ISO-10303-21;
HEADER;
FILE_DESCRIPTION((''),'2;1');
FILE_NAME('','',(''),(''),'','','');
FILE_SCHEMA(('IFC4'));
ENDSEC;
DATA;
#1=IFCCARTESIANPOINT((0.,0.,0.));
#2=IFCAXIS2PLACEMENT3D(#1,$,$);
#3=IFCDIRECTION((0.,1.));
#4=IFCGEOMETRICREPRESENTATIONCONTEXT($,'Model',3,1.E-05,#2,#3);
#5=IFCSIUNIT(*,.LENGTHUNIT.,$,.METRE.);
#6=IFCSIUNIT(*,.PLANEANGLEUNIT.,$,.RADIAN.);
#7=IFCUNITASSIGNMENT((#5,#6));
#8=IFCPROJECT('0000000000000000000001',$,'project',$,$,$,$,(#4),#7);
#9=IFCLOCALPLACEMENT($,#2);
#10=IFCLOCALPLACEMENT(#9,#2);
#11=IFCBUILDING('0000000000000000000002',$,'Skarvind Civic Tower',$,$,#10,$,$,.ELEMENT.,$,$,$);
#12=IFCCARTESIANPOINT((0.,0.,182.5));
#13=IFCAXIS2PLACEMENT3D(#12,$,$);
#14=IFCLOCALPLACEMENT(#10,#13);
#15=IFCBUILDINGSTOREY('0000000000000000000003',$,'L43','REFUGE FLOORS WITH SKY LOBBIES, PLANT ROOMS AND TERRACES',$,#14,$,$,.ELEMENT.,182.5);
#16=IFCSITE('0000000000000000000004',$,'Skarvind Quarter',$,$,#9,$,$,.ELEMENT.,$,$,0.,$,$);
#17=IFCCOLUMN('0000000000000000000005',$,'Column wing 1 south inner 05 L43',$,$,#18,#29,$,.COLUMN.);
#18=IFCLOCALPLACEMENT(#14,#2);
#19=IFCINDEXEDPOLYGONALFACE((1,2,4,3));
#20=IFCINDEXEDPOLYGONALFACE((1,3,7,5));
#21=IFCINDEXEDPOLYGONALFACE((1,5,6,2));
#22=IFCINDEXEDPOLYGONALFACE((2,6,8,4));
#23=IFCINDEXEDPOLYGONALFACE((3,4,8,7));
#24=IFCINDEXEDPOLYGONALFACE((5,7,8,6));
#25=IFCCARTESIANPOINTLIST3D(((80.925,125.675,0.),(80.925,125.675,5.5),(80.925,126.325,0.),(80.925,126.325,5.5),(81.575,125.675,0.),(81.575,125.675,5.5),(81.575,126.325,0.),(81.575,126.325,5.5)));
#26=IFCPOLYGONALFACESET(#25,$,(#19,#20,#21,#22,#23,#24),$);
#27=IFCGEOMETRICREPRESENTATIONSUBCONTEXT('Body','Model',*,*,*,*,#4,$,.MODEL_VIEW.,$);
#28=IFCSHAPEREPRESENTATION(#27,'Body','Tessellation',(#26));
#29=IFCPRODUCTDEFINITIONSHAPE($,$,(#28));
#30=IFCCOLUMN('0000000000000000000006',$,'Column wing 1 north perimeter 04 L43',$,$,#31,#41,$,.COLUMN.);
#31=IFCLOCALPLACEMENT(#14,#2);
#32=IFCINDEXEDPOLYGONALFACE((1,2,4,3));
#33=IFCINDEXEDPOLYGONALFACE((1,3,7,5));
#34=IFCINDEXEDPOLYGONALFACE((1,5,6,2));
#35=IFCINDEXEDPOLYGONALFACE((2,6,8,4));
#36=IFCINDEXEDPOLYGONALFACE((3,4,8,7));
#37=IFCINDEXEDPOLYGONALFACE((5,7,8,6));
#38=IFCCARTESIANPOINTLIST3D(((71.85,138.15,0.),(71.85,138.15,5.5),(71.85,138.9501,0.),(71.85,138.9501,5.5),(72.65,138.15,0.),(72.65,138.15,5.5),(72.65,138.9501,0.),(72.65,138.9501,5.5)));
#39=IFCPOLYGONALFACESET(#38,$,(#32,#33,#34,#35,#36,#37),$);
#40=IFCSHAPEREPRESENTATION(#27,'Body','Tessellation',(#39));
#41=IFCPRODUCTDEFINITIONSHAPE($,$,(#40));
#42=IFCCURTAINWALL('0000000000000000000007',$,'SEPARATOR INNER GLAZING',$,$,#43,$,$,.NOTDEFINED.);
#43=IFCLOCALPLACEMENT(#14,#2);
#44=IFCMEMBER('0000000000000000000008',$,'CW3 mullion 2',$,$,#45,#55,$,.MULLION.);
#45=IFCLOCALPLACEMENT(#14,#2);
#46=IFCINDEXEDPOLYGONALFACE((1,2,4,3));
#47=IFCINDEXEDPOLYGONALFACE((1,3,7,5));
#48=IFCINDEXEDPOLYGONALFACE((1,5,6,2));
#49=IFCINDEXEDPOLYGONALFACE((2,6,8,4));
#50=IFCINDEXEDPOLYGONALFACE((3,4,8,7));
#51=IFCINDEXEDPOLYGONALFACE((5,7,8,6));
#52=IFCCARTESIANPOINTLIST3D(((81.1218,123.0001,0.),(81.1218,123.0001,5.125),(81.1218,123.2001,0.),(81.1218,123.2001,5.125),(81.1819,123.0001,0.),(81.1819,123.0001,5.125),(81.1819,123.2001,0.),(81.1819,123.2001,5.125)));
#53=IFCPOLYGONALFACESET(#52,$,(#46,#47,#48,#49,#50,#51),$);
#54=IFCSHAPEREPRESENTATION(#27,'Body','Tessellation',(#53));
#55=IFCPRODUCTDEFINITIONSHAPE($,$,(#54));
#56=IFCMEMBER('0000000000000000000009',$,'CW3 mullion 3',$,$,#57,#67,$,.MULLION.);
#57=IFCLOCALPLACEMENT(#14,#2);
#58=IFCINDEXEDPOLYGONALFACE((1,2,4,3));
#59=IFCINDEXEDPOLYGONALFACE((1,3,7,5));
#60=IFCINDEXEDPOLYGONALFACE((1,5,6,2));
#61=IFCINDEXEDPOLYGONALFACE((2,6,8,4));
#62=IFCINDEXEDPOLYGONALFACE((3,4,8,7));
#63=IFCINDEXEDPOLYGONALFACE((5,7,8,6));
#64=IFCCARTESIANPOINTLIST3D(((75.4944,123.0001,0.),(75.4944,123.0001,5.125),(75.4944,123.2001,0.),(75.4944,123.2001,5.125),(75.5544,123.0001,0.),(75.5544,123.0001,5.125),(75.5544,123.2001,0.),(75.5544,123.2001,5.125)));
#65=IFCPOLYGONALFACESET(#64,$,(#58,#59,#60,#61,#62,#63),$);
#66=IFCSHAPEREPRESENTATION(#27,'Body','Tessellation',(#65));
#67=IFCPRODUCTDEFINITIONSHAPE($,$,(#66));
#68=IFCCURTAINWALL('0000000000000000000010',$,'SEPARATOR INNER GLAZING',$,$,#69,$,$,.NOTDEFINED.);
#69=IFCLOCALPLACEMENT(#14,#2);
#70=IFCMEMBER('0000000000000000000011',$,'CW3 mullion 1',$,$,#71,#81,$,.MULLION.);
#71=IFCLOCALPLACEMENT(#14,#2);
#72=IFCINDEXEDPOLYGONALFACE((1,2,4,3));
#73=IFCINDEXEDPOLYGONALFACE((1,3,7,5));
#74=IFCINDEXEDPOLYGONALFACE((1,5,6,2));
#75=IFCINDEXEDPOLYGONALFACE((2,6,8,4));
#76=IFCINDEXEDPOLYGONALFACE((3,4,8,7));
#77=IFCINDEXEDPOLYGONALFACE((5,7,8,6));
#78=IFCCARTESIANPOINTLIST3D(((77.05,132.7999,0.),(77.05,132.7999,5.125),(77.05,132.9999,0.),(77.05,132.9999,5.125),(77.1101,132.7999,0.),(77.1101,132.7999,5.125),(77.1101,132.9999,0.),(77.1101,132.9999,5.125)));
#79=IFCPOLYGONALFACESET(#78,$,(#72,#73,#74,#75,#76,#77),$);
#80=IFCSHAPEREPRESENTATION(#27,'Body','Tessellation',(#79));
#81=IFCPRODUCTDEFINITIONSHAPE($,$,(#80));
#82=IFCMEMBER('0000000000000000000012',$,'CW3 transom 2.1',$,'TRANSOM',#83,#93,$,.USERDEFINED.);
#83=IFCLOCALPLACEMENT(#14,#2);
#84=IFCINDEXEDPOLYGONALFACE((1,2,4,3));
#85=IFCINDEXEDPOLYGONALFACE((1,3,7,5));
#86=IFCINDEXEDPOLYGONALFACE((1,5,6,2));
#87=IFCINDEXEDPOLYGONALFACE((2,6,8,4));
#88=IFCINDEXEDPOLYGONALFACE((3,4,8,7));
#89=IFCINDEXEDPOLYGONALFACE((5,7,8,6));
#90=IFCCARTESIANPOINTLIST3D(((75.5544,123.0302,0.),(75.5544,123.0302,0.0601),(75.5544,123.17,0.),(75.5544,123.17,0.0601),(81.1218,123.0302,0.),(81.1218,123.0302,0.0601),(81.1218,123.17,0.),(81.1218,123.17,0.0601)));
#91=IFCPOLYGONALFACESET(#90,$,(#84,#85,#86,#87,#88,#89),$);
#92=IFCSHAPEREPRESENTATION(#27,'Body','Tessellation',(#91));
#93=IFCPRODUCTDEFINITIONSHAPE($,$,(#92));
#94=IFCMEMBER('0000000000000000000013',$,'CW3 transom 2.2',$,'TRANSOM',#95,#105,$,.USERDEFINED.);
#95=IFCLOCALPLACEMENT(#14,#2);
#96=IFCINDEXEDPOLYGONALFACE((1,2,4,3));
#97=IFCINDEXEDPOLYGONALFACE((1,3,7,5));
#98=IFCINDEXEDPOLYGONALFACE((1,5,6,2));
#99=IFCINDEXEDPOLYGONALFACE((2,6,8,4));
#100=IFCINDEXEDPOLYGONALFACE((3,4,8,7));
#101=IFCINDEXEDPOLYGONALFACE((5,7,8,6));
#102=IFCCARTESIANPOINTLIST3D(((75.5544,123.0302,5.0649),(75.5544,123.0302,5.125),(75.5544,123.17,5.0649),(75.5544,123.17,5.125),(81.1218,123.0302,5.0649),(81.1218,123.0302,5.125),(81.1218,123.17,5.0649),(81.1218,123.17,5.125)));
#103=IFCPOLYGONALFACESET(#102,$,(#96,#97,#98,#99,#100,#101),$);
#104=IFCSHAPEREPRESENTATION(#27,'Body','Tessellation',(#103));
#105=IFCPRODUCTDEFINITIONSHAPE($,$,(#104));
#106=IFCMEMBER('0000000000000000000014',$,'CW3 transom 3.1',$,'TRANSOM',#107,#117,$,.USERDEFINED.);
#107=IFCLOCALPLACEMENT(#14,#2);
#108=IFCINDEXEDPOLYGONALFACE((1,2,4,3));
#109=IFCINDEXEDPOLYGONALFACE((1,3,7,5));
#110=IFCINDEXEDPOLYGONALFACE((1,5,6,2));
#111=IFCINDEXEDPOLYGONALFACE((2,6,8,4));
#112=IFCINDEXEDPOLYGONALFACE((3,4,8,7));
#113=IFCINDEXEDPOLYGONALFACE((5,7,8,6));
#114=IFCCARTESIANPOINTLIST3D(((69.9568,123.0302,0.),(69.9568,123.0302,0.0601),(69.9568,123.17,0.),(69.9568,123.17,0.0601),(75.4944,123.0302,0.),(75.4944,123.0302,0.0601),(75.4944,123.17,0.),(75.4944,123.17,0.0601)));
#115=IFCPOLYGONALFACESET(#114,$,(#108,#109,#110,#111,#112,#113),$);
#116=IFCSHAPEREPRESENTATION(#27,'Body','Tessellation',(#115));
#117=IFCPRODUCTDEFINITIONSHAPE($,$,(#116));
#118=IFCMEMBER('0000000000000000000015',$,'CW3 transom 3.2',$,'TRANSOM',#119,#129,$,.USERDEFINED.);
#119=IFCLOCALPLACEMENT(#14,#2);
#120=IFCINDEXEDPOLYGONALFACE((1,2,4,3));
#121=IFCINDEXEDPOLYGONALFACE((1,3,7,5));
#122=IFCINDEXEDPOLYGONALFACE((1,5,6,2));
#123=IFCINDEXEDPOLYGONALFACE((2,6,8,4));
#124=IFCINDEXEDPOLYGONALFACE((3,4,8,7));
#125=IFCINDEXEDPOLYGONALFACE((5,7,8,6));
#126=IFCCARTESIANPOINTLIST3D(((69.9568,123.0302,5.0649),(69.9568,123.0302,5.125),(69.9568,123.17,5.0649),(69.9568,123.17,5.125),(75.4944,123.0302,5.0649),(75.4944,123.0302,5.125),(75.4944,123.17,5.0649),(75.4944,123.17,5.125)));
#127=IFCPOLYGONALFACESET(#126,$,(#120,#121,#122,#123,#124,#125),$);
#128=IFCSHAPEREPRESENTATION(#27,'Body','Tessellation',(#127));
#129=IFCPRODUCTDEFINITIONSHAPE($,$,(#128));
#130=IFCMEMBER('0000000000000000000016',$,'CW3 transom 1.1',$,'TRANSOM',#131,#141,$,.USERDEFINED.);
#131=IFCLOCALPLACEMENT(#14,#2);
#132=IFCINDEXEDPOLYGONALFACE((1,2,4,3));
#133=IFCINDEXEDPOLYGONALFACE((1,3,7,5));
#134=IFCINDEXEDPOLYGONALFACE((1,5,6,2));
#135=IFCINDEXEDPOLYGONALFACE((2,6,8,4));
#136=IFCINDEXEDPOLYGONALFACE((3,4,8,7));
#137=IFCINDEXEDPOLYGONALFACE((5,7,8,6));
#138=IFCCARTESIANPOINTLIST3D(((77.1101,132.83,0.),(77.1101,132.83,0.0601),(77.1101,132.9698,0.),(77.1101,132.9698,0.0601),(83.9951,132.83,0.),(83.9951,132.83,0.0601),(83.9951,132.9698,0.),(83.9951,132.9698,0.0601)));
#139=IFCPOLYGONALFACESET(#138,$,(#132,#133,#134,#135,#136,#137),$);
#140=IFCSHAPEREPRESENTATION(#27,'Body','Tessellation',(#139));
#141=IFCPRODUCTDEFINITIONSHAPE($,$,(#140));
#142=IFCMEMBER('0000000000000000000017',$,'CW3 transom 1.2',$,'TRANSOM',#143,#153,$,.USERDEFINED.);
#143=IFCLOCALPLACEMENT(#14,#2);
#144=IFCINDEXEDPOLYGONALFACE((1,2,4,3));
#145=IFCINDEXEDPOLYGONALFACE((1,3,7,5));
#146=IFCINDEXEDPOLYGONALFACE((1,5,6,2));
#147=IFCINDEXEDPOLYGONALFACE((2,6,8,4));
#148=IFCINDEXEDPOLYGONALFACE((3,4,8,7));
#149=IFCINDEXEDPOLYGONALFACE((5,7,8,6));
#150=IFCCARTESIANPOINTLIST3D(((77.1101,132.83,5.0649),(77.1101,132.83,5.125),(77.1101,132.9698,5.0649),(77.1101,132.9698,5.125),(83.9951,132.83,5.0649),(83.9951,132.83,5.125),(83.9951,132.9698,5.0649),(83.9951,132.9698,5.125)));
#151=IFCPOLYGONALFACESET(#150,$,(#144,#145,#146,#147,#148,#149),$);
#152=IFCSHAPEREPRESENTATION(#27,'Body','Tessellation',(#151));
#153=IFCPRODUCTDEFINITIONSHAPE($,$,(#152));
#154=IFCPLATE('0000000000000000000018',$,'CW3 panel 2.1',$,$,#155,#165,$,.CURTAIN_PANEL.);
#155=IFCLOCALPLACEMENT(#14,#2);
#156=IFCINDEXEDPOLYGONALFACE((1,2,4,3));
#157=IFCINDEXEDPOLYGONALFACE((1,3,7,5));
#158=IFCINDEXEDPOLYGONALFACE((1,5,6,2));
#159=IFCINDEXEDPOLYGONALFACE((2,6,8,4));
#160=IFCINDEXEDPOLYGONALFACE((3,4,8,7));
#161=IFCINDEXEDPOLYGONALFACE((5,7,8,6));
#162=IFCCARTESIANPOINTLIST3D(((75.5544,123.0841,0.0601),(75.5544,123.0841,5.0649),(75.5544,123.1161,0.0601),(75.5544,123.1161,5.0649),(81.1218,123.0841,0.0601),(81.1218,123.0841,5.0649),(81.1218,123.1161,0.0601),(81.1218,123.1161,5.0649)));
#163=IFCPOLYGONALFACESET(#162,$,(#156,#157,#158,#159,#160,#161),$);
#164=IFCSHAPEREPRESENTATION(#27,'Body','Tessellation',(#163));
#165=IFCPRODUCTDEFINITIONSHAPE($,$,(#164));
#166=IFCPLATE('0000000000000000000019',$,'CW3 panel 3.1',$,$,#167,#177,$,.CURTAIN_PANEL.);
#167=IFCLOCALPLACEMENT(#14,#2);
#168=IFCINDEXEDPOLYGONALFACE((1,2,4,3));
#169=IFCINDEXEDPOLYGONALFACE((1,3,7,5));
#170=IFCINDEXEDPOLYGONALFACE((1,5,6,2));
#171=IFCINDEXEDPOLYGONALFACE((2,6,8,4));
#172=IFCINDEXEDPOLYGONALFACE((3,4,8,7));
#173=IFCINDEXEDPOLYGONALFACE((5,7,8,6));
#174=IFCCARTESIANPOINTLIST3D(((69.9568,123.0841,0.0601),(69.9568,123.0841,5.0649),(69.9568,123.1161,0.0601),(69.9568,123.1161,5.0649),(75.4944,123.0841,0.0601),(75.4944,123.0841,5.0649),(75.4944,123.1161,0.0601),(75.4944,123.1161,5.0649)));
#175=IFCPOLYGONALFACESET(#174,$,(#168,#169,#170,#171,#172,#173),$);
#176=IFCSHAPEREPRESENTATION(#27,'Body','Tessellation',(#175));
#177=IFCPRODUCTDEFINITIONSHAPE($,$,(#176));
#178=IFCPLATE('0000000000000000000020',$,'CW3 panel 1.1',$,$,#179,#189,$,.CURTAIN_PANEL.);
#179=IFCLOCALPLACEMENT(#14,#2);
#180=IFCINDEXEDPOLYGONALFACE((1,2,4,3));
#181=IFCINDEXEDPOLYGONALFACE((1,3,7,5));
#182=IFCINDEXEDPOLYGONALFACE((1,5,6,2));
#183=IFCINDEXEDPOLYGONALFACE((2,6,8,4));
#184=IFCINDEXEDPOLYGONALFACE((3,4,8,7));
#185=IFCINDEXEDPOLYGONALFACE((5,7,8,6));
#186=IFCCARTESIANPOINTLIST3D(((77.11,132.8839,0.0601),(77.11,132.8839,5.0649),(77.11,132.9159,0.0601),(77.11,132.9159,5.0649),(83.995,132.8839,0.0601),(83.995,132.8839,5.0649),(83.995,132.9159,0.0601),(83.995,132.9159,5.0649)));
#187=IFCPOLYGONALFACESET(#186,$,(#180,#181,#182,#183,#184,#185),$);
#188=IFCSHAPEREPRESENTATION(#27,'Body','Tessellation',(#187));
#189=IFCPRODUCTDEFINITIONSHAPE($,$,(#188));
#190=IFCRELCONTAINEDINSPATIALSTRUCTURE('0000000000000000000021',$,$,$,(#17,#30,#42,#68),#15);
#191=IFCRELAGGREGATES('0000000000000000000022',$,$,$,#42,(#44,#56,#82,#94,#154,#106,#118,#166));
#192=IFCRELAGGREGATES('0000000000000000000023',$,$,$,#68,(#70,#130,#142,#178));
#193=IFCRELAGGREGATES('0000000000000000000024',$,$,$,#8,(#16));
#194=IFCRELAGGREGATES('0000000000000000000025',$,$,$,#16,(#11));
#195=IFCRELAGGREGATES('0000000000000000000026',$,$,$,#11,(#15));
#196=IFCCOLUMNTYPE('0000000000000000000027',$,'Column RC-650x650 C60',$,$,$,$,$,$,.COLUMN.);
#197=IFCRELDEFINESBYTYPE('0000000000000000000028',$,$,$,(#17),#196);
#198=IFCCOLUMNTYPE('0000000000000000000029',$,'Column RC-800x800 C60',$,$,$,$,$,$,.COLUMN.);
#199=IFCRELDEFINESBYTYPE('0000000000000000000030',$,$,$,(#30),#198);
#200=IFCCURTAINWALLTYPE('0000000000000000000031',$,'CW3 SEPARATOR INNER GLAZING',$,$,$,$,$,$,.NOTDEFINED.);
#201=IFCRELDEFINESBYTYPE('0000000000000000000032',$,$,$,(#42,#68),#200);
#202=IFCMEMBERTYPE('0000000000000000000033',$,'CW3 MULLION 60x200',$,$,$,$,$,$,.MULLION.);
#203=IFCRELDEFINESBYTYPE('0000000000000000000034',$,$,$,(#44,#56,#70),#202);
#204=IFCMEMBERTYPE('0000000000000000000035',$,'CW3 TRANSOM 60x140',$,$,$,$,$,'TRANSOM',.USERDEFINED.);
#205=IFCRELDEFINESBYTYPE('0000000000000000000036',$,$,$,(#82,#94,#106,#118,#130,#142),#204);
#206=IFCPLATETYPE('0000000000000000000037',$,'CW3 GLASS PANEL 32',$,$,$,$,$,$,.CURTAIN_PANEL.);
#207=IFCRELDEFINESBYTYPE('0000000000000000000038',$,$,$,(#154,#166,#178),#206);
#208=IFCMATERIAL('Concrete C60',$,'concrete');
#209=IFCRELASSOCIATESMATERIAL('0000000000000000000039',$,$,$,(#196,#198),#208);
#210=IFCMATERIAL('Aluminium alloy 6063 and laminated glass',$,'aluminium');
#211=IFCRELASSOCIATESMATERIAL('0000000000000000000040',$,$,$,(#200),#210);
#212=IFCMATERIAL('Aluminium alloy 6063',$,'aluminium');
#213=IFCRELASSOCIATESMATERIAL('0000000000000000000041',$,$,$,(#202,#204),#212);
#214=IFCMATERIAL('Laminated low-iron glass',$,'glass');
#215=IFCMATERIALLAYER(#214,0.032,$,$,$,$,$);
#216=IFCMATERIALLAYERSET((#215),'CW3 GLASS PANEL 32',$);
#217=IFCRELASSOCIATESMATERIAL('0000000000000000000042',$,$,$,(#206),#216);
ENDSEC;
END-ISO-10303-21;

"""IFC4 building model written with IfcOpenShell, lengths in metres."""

from ifc_helpers import new_model, si_unit, direction, frame, origin, origin_2d, place, context, subcontext, project, spatial, rectangle, extrude, material, layer, layer_set, material_profile, profile_set, type_object, element, aggregate, save


model = new_model("IFC4")

# Units and contexts
model_context = context("Model", 3, precision=1e-05, world=origin(), true_north=direction((0.0, 1.0)))
body_context = subcontext(model_context, "Body", "Model", "MODEL_VIEW")
ifc_project = project(units=[si_unit("LENGTHUNIT", "METRE"), si_unit("PLANEANGLEUNIT", "RADIAN")], contexts=[model_context])

# Site, building, storey
site_placement = place(None, origin())
site = spatial("IfcSite", under=ifc_project, at=site_placement, Name="Skarvind Quarter", CompositionType="ELEMENT", RefElevation=0.0)
building_placement = place(site_placement, origin())
building = spatial("IfcBuilding", under=site, at=building_placement, Name="Skarvind Civic Tower", CompositionType="ELEMENT")
storey_placement = place(building_placement, frame((0.0, 0.0, 182.5)))
storey = spatial("IfcBuildingStorey", under=building, at=storey_placement, Name="L43", Description="REFUGE FLOORS WITH SKY LOBBIES, PLANT ROOMS AND TERRACES", CompositionType="ELEMENT", Elevation=182.5)

# Columns
ifc_material_1 = material(Name="Concrete C60", Category="concrete")
ifc_material_profile_1 = material_profile(ifc_material_1, rectangle(XDim=0.6499, YDim=0.6499, at=origin_2d()), Name="RC-650x650")
ifc_profile_set_1 = profile_set([ifc_material_profile_1], Name="Concrete C60")
column_type_1 = type_object("IfcColumnType", Name="Column RC-650x650 C60", PredefinedType="COLUMN", material=ifc_profile_set_1)
column_1_placement = place(storey_placement, frame((81.25, 126.0, 0.0), z_axis=(0.0, 0.0, 1.0), x_axis=(1.0, 0.0, 0.0)))
element("IfcColumn", 1, at=column_1_placement, inside=storey, type_object=column_type_1, Name="Column wing 1 south inner 05 L43", PredefinedType="COLUMN", context=body_context, shape_type="SweptSolid", body=[
    extrude(rectangle(XDim=0.6499, YDim=0.6499, at=origin_2d()), origin(), (0.0, 0.0, 1.0), 5.5),
])
ifc_material_profile_2 = material_profile(ifc_material_1, rectangle(XDim=0.8, YDim=0.8, at=origin_2d()), Name="RC-800x800")
ifc_profile_set_2 = profile_set([ifc_material_profile_2], Name="Concrete C60")
column_type_2 = type_object("IfcColumnType", Name="Column RC-800x800 C60", PredefinedType="COLUMN", material=ifc_profile_set_2)
column_2_placement = place(storey_placement, frame((72.25, 138.55, 0.0), z_axis=(0.0, 0.0, 1.0), x_axis=(1.0, 0.0, 0.0)))
element("IfcColumn", 2, at=column_2_placement, inside=storey, type_object=column_type_2, Name="Column wing 1 north perimeter 04 L43", PredefinedType="COLUMN", context=body_context, shape_type="SweptSolid", body=[
    extrude(rectangle(XDim=0.8, YDim=0.8, at=origin_2d()), origin(), (0.0, 0.0, 1.0), 5.5),
])

# Curtain wall, members
ifc_material_2 = material(Name="Aluminium alloy 6063 and laminated glass", Category="aluminium")
curtain_wall_type = type_object("IfcCurtainWallType", Name="CW3 SEPARATOR INNER GLAZING", PredefinedType="NOTDEFINED", material=ifc_material_2)
curtain_wall_1_placement = place(storey_placement, origin())
curtain_wall_1 = element("IfcCurtainWall", 3, at=curtain_wall_1_placement, inside=storey, type_object=curtain_wall_type, Name="SEPARATOR INNER GLAZING", PredefinedType="NOTDEFINED")
ifc_material_3 = material(Name="Aluminium alloy 6063", Category="aluminium")
ifc_material_profile_3 = material_profile(ifc_material_3, rectangle(XDim=0.2, YDim=0.0601, at=origin_2d()), Name="AL 60x200")
ifc_profile_set_3 = profile_set([ifc_material_profile_3], Name="Aluminium alloy 6063")
member_type_1 = type_object("IfcMemberType", Name="CW3 MULLION 60x200", PredefinedType="MULLION", material=ifc_profile_set_3)
member_1_placement = place(storey_placement, frame((81.1519, 123.1001, 0.0), z_axis=(0.0, 0.0, 1.0), x_axis=(0.0, -1.0, 0.0)))
member_1 = element("IfcMember", 4, at=member_1_placement, type_object=member_type_1, Name="CW3 mullion 2", PredefinedType="MULLION", context=body_context, shape_type="SweptSolid", body=[
    extrude(rectangle(XDim=0.2, YDim=0.0601, at=origin_2d()), origin(), (0.0, 0.0, 1.0), 5.125),
])
member_2_placement = place(storey_placement, frame((75.5244, 123.1001, 0.0), z_axis=(0.0, 0.0, 1.0), x_axis=(0.0, -1.0, 0.0)))
member_2 = element("IfcMember", 5, at=member_2_placement, type_object=member_type_1, Name="CW3 mullion 3", PredefinedType="MULLION", context=body_context, shape_type="SweptSolid", body=[
    extrude(rectangle(XDim=0.2, YDim=0.0601, at=origin_2d()), origin(), (0.0, 0.0, 1.0), 5.125),
])

# Curtain wall, member
curtain_wall_2_placement = place(storey_placement, origin())
curtain_wall_2 = element("IfcCurtainWall", 6, at=curtain_wall_2_placement, inside=storey, type_object=curtain_wall_type, Name="SEPARATOR INNER GLAZING", PredefinedType="NOTDEFINED")
member_3_placement = place(storey_placement, frame((77.0801, 132.8999, 0.0), z_axis=(0.0, 0.0, 1.0), x_axis=(0.0, 1.0, 0.0)))
member_3 = element("IfcMember", 7, at=member_3_placement, type_object=member_type_1, Name="CW3 mullion 1", PredefinedType="MULLION", context=body_context, shape_type="SweptSolid", body=[
    extrude(rectangle(XDim=0.2, YDim=0.0601, at=origin_2d()), origin(), (0.0, 0.0, 1.0), 5.125),
])

# Members
ifc_material_profile_4 = material_profile(ifc_material_3, rectangle(XDim=0.1399, YDim=0.0601, at=origin_2d()), Name="AL 60x140")
ifc_profile_set_4 = profile_set([ifc_material_profile_4], Name="Aluminium alloy 6063")
member_type_2 = type_object("IfcMemberType", Name="CW3 TRANSOM 60x140", ElementType="TRANSOM", PredefinedType="USERDEFINED", material=ifc_profile_set_4)
member_4_placement = place(storey_placement, frame((81.1218, 123.1001, 0.03), z_axis=(-1.0, 0.0, 0.0), x_axis=(0.0, -1.0, 0.0)))
member_4 = element("IfcMember", 8, at=member_4_placement, type_object=member_type_2, Name="CW3 transom 2.1", ObjectType="TRANSOM", PredefinedType="USERDEFINED", context=body_context, shape_type="SweptSolid", body=[
    extrude(rectangle(XDim=0.1399, YDim=0.0601, at=origin_2d()), origin(), (0.0, 0.0, 1.0), 5.5674),
])
member_5_placement = place(storey_placement, frame((81.1218, 123.1001, 5.095), z_axis=(-1.0, 0.0, 0.0), x_axis=(0.0, -1.0, 0.0)))
member_5 = element("IfcMember", 9, at=member_5_placement, type_object=member_type_2, Name="CW3 transom 2.2", ObjectType="TRANSOM", PredefinedType="USERDEFINED", context=body_context, shape_type="SweptSolid", body=[
    extrude(rectangle(XDim=0.1399, YDim=0.0601, at=origin_2d()), origin(), (0.0, 0.0, 1.0), 5.5674),
])
member_6_placement = place(storey_placement, frame((75.4944, 123.1001, 0.03), z_axis=(-1.0, 0.0, 0.0), x_axis=(0.0, -1.0, 0.0)))
member_6 = element("IfcMember", 10, at=member_6_placement, type_object=member_type_2, Name="CW3 transom 3.1", ObjectType="TRANSOM", PredefinedType="USERDEFINED", context=body_context, shape_type="SweptSolid", body=[
    extrude(rectangle(XDim=0.1399, YDim=0.0601, at=origin_2d()), origin(), (0.0, 0.0, 1.0), 5.5376),
])
member_7_placement = place(storey_placement, frame((75.4944, 123.1001, 5.095), z_axis=(-1.0, 0.0, 0.0), x_axis=(0.0, -1.0, 0.0)))
member_7 = element("IfcMember", 11, at=member_7_placement, type_object=member_type_2, Name="CW3 transom 3.2", ObjectType="TRANSOM", PredefinedType="USERDEFINED", context=body_context, shape_type="SweptSolid", body=[
    extrude(rectangle(XDim=0.1399, YDim=0.0601, at=origin_2d()), origin(), (0.0, 0.0, 1.0), 5.5376),
])
member_8_placement = place(storey_placement, frame((77.1101, 132.8999, 0.03), z_axis=(1.0, 0.0, 0.0), x_axis=(0.0, 1.0, 0.0)))
member_8 = element("IfcMember", 12, at=member_8_placement, type_object=member_type_2, Name="CW3 transom 1.1", ObjectType="TRANSOM", PredefinedType="USERDEFINED", context=body_context, shape_type="SweptSolid", body=[
    extrude(rectangle(XDim=0.1399, YDim=0.0601, at=origin_2d()), origin(), (0.0, 0.0, 1.0), 6.885),
])
member_9_placement = place(storey_placement, frame((77.1101, 132.8999, 5.095), z_axis=(1.0, 0.0, 0.0), x_axis=(0.0, 1.0, 0.0)))
member_9 = element("IfcMember", 13, at=member_9_placement, type_object=member_type_2, Name="CW3 transom 1.2", ObjectType="TRANSOM", PredefinedType="USERDEFINED", context=body_context, shape_type="SweptSolid", body=[
    extrude(rectangle(XDim=0.1399, YDim=0.0601, at=origin_2d()), origin(), (0.0, 0.0, 1.0), 6.885),
])

# Plates
ifc_material_4 = material(Name="Laminated low-iron glass", Category="glass")
ifc_layer_1 = layer(ifc_material_4, 0.032)
ifc_layer_set_1 = layer_set([ifc_layer_1], Name="CW3 GLASS PANEL 32")
plate_type = type_object("IfcPlateType", Name="CW3 GLASS PANEL 32", PredefinedType="CURTAIN_PANEL", material=ifc_layer_set_1)
plate_1_placement = place(storey_placement, frame((78.3381, 123.1001, 0.0601), z_axis=(0.0, 0.0, 1.0), x_axis=(-1.0, 0.0, 0.0)))
plate_1 = element("IfcPlate", 14, at=plate_1_placement, type_object=plate_type, Name="CW3 panel 2.1", PredefinedType="CURTAIN_PANEL", context=body_context, shape_type="SweptSolid", body=[
    extrude(rectangle(XDim=5.5674, YDim=0.032, at=origin_2d()), origin(), (0.0, 0.0, 1.0), 5.0049),
])
plate_2_placement = place(storey_placement, frame((72.7256, 123.1001, 0.0601), z_axis=(0.0, 0.0, 1.0), x_axis=(-1.0, 0.0, 0.0)))
plate_2 = element("IfcPlate", 15, at=plate_2_placement, type_object=plate_type, Name="CW3 panel 3.1", PredefinedType="CURTAIN_PANEL", context=body_context, shape_type="SweptSolid", body=[
    extrude(rectangle(XDim=5.5376, YDim=0.032, at=origin_2d()), origin(), (0.0, 0.0, 1.0), 5.0049),
])
aggregate(curtain_wall_1, [member_1, member_2, member_4, member_5, plate_1, member_6, member_7, plate_2])
plate_3_placement = place(storey_placement, frame((80.5525, 132.8999, 0.0601), z_axis=(0.0, 0.0, 1.0), x_axis=(1.0, 0.0, 0.0)))
plate_3 = element("IfcPlate", 16, at=plate_3_placement, type_object=plate_type, Name="CW3 panel 1.1", PredefinedType="CURTAIN_PANEL", context=body_context, shape_type="SweptSolid", body=[
    extrude(rectangle(XDim=6.885, YDim=0.032, at=origin_2d()), origin(), (0.0, 0.0, 1.0), 5.0049),
])
aggregate(curtain_wall_2, [member_3, member_8, member_9, plate_3])

save(model, "model.ifc")
